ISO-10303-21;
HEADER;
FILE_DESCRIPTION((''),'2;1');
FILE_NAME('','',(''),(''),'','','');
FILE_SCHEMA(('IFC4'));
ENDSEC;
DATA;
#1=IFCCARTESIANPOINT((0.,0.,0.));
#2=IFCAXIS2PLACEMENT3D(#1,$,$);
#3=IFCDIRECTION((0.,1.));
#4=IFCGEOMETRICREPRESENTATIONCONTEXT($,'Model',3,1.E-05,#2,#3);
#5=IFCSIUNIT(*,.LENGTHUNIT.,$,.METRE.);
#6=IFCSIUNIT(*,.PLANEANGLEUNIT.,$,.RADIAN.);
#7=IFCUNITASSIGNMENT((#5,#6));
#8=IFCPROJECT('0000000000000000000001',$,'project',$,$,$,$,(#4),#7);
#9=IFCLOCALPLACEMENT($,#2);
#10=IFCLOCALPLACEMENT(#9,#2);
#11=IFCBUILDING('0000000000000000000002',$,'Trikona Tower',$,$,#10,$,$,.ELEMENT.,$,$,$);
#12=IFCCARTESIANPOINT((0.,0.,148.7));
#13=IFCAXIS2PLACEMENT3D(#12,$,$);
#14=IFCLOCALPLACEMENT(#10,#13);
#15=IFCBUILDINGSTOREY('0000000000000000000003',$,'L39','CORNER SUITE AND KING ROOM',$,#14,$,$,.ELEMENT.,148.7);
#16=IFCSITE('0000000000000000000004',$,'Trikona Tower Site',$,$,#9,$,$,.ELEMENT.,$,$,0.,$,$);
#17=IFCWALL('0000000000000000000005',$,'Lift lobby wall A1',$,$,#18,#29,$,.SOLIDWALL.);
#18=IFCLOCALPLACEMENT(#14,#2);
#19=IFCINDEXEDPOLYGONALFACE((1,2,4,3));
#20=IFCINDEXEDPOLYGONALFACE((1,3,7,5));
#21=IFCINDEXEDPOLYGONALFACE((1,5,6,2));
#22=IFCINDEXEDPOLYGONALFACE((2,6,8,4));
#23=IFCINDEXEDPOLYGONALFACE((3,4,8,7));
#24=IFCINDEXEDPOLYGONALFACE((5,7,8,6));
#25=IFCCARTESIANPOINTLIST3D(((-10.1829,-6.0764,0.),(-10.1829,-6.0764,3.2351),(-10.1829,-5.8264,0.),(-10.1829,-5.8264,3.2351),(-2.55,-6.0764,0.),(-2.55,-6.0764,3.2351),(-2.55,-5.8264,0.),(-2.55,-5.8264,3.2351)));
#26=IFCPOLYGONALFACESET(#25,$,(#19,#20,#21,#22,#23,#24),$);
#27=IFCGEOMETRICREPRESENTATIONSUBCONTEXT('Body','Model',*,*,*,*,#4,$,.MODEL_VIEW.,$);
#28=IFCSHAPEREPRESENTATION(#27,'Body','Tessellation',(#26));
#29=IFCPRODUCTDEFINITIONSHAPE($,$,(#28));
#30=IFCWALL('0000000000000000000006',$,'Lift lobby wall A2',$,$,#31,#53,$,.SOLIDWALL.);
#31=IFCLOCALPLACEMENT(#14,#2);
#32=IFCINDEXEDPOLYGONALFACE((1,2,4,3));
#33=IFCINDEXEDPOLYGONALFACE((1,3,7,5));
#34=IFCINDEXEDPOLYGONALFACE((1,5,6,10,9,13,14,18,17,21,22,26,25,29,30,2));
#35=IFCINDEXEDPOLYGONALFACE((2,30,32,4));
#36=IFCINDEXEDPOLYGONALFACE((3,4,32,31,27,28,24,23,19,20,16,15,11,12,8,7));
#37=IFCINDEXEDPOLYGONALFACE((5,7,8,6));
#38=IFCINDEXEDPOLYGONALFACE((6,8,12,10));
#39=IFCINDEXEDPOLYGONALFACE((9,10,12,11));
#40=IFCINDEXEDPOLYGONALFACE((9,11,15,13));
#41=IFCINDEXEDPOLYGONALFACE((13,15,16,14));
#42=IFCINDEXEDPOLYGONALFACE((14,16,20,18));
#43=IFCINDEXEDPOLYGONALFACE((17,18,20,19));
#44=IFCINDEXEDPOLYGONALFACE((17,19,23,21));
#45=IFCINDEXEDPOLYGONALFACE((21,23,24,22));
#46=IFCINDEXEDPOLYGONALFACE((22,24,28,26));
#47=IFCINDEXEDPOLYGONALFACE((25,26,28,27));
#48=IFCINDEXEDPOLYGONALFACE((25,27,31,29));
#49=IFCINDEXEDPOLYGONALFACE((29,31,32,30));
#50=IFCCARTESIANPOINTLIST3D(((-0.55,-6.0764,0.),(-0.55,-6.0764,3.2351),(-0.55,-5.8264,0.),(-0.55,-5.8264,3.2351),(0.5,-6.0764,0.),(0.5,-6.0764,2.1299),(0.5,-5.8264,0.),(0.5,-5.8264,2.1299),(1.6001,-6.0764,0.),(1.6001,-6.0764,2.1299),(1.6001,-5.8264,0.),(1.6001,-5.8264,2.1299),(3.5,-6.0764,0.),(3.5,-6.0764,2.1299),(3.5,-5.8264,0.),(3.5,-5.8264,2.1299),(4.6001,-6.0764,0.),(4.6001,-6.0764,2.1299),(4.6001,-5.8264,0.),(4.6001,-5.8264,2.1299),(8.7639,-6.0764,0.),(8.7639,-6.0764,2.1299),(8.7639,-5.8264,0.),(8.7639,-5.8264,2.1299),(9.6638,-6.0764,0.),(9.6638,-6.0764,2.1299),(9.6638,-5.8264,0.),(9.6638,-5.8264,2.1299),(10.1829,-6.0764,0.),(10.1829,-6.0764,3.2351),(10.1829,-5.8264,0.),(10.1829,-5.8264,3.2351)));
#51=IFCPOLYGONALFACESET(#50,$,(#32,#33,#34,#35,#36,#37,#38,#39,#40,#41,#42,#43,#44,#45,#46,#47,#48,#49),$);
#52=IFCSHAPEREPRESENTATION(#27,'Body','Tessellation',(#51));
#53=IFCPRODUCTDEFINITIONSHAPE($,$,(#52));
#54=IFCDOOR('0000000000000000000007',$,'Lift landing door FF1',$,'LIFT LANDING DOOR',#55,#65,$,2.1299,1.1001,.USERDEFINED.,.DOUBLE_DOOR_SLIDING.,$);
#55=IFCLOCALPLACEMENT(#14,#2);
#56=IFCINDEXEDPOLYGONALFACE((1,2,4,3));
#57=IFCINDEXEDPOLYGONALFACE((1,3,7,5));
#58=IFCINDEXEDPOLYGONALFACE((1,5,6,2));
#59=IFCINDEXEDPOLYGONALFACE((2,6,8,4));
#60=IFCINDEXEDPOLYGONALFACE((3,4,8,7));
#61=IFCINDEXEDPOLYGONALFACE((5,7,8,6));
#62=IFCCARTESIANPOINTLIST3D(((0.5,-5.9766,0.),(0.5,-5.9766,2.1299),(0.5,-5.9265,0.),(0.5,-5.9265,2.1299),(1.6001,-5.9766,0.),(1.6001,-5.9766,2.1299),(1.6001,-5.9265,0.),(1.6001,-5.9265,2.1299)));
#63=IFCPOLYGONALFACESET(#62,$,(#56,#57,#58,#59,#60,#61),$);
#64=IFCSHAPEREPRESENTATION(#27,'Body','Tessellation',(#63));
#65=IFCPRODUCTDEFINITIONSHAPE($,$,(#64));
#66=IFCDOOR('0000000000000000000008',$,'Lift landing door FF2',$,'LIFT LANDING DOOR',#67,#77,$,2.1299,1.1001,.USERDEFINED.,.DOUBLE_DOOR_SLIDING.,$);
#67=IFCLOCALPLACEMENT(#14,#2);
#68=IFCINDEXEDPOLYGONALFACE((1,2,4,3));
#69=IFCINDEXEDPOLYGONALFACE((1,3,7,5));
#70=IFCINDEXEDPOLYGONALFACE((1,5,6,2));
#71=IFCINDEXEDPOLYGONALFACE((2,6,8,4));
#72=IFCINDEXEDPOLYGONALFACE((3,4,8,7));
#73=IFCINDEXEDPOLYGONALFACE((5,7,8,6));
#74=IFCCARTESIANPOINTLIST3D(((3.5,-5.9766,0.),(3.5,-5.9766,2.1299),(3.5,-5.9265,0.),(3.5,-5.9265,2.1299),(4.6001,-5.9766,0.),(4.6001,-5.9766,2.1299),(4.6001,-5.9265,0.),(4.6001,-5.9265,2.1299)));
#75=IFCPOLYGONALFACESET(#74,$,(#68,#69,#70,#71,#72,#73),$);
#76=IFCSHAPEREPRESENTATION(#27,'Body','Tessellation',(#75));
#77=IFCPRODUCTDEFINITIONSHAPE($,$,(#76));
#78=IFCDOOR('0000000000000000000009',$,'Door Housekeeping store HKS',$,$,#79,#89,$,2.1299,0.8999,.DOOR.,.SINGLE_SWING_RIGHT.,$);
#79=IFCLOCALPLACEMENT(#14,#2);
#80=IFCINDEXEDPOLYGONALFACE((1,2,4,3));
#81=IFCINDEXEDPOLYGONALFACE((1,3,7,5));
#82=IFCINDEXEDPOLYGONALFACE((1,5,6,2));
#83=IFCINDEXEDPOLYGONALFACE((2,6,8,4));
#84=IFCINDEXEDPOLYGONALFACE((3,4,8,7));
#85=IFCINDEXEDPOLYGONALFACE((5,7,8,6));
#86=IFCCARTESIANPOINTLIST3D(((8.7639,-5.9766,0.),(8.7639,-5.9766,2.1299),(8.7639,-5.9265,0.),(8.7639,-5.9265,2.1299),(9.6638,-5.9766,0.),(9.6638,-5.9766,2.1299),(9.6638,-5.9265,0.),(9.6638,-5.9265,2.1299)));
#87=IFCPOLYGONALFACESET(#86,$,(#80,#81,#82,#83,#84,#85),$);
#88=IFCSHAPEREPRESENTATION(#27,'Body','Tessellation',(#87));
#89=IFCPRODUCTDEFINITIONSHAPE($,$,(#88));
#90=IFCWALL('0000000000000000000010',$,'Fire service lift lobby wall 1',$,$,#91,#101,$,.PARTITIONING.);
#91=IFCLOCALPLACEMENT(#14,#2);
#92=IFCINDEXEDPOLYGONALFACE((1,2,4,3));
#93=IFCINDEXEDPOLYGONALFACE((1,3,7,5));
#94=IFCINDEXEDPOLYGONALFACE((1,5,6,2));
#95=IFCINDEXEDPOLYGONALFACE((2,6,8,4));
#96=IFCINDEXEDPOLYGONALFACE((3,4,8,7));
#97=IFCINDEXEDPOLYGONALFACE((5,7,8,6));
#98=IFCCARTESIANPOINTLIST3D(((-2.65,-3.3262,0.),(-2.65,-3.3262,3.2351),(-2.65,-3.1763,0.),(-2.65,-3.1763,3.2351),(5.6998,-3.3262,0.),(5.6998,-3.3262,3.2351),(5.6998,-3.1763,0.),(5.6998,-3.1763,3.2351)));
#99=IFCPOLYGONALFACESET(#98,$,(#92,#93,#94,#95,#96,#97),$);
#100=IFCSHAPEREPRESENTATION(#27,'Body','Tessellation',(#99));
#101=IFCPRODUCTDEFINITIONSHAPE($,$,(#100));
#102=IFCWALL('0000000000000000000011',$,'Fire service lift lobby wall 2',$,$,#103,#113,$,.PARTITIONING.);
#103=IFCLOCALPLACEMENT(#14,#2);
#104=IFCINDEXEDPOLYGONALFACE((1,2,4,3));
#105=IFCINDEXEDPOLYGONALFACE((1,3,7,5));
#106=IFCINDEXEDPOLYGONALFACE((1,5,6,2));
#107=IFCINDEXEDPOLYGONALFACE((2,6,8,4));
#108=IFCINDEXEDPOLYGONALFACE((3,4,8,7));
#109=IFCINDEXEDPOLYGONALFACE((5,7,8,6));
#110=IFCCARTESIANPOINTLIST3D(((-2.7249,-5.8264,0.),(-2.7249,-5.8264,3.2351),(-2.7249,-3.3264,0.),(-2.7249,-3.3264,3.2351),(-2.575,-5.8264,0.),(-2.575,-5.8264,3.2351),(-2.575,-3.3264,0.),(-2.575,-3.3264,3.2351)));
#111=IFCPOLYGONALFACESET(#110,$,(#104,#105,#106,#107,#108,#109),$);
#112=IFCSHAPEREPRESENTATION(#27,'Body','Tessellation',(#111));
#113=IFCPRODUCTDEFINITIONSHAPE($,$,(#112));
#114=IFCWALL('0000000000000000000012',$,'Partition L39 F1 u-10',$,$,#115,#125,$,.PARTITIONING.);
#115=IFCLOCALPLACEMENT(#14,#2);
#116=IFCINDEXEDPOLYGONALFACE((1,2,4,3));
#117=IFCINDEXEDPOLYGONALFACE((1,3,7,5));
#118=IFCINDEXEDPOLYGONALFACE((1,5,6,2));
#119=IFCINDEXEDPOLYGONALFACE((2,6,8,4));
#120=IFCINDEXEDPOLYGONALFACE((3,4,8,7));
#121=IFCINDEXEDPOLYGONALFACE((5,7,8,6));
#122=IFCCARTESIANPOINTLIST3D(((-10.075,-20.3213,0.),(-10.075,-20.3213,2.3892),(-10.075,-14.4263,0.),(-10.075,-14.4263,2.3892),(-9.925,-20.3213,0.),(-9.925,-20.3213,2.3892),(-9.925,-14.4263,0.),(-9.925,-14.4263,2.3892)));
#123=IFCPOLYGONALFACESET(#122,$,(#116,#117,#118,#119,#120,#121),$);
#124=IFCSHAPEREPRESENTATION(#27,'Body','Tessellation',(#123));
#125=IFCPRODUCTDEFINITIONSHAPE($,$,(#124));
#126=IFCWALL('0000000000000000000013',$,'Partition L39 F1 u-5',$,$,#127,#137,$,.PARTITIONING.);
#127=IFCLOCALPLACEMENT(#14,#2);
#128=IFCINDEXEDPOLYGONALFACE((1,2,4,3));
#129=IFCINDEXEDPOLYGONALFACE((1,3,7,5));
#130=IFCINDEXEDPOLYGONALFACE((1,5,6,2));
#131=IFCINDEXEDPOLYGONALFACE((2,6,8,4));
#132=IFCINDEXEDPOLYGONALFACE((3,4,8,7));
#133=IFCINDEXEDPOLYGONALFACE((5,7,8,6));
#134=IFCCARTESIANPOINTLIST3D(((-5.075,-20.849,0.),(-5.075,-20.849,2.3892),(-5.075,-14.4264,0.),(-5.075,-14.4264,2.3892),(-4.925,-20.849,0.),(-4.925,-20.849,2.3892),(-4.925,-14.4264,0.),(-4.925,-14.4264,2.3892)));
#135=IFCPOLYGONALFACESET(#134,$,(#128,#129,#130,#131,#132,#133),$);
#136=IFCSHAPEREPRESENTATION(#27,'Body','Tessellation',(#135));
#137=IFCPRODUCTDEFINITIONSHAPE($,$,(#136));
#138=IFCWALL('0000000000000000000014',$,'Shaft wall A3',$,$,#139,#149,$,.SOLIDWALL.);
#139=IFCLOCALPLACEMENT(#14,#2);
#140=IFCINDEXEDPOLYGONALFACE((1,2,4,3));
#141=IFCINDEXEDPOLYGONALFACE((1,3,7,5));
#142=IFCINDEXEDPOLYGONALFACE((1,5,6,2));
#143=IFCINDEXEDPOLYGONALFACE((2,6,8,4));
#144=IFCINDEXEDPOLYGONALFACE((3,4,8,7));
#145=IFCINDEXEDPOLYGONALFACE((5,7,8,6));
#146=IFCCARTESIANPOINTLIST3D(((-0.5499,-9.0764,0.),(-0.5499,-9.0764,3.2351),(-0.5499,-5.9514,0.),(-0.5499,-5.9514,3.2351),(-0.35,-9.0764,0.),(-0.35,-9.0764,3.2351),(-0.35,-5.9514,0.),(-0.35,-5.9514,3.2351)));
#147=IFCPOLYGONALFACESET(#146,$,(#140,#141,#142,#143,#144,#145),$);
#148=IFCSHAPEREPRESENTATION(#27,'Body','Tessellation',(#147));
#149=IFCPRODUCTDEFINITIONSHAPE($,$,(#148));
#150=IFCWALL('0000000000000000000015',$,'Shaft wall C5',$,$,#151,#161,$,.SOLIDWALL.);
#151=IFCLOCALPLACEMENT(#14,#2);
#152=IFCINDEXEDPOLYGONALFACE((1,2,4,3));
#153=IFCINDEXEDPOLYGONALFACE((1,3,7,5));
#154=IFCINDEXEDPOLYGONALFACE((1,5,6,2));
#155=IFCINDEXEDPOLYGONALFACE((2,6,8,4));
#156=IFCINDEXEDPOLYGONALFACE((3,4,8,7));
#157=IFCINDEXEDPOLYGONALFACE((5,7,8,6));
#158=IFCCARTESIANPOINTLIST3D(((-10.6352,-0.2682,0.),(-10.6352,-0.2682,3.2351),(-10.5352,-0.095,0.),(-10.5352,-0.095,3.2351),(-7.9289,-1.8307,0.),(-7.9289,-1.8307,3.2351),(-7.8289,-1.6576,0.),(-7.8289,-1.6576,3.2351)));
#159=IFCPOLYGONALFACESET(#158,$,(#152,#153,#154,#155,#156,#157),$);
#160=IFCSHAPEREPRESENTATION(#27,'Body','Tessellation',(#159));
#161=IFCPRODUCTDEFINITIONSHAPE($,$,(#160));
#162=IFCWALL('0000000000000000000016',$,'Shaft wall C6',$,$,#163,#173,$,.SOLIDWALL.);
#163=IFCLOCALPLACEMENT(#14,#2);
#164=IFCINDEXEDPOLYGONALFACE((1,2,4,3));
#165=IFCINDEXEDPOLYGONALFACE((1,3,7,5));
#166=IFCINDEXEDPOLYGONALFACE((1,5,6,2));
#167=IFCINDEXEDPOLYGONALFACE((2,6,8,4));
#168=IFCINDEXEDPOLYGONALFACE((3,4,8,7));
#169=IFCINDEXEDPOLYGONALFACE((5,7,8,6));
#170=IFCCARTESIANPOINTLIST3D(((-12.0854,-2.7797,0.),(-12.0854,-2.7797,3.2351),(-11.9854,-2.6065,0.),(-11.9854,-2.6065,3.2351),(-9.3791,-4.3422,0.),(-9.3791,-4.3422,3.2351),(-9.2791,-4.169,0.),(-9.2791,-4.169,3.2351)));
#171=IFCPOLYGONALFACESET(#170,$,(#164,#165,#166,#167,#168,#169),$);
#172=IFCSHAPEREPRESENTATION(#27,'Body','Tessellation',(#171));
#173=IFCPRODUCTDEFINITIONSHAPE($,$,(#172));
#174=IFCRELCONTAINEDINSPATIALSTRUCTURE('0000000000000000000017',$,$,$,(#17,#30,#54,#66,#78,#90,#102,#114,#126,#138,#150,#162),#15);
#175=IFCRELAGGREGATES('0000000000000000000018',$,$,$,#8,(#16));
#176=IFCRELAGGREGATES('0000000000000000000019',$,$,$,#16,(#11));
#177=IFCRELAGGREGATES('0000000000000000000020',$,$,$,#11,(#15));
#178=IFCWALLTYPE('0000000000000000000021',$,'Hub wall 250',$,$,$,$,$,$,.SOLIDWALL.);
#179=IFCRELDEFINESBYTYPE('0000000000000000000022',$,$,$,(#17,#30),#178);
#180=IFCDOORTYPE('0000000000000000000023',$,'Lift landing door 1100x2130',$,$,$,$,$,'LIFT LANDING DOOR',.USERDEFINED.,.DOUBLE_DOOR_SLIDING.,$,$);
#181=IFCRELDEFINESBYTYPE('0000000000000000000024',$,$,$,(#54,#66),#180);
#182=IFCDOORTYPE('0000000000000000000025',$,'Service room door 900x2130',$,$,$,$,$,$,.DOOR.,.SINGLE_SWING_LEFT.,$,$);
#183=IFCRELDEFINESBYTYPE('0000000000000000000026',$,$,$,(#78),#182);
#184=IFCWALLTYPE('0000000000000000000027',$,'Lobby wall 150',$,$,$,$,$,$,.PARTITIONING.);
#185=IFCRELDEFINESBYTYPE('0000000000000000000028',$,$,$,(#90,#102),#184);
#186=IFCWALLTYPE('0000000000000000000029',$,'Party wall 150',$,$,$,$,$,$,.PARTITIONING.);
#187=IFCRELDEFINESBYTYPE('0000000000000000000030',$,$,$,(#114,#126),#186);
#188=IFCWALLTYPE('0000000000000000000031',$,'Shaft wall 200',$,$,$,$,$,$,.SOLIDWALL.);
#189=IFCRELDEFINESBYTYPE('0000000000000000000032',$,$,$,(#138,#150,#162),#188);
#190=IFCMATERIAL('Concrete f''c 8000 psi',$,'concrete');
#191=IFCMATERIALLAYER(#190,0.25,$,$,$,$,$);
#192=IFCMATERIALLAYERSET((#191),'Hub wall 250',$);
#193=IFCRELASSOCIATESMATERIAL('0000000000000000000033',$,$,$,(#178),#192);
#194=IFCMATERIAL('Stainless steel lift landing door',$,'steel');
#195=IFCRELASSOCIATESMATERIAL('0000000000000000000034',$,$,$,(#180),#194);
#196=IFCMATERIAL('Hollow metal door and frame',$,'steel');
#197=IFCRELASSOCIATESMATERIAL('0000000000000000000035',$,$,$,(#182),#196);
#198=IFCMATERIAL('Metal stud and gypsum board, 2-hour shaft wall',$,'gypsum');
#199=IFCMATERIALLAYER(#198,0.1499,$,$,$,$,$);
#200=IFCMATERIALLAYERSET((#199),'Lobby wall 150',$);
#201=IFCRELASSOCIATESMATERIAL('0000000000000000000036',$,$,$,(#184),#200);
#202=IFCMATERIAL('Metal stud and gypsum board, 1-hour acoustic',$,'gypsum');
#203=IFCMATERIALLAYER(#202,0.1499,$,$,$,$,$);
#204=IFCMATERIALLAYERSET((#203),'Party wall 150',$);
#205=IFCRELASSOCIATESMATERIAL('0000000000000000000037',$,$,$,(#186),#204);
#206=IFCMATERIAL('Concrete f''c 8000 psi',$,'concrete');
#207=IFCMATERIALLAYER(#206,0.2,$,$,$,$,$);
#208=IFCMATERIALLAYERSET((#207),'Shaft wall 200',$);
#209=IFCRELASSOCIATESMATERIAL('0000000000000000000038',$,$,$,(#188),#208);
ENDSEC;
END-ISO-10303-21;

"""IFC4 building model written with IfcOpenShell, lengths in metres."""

from ifc_helpers import new_model, si_unit, direction, frame, frame_2d, origin, place, context, subcontext, project, spatial, rectangle, extrude, material, layer, layer_set, type_object, element, fill, save


model = new_model("IFC4")

# Units and contexts
model_context = context("Model", 3, precision=1e-05, world=origin(), true_north=direction((0.0, 1.0)))
body_context = subcontext(model_context, "Body", "Model", "MODEL_VIEW")
ifc_project = project(units=[si_unit("LENGTHUNIT", "METRE"), si_unit("PLANEANGLEUNIT", "RADIAN")], contexts=[model_context])

# Site, building, storey
site_placement = place(None, origin())
site = spatial("IfcSite", under=ifc_project, at=site_placement, Name="Trikona Tower Site", CompositionType="ELEMENT", RefElevation=0.0)
building_placement = place(site_placement, origin())
building = spatial("IfcBuilding", under=site, at=building_placement, Name="Trikona Tower", CompositionType="ELEMENT")
storey_placement = place(building_placement, frame((0.0, 0.0, 148.7)))
storey = spatial("IfcBuildingStorey", under=building, at=storey_placement, Name="L39", Description="CORNER SUITE AND KING ROOM", CompositionType="ELEMENT", Elevation=148.7)

# Wall
ifc_material_1 = material(Name="Concrete f'c 8000 psi", Category="concrete")
ifc_layer_1 = layer(ifc_material_1, 0.25)
ifc_layer_set_1 = layer_set([ifc_layer_1], Name="Hub wall 250")
wall_type_1 = type_object("IfcWallType", Name="Hub wall 250", PredefinedType="SOLIDWALL", material=ifc_layer_set_1)
wall_1_placement = place(storey_placement, frame((-10.1829, -5.9514, 0.0), z_axis=(0.0, 0.0, 1.0), x_axis=(1.0, 0.0, 0.0)))
element("IfcWall", 1, at=wall_1_placement, inside=storey, type_object=wall_type_1, Name="Lift lobby wall A1", PredefinedType="SOLIDWALL", context=body_context, shape_type="SweptSolid", body=[
    extrude(rectangle(XDim=7.6328, YDim=0.25, at=frame_2d((3.8164, 0.0))), origin(), (0.0, 0.0, 1.0), 3.2351),
])

# Wall, openings, doors
wall_2_placement = place(storey_placement, frame((-0.55, -5.9514, 0.0), z_axis=(0.0, 0.0, 1.0), x_axis=(1.0, 0.0, 0.0)))
wall_2 = element("IfcWall", 2, at=wall_2_placement, inside=storey, type_object=wall_type_1, Name="Lift lobby wall A2", PredefinedType="SOLIDWALL", context=body_context, shape_type="SweptSolid", body=[
    extrude(rectangle(XDim=10.7329, YDim=0.25, at=frame_2d((5.3665, 0.0))), origin(), (0.0, 0.0, 1.0), 3.2351),
])
opening_1_placement = place(wall_2_placement, frame((9.314, 0.0, 0.0)))
opening_1 = element("IfcOpeningElement", 3, at=opening_1_placement, cuts=wall_2, PredefinedType="OPENING", context=body_context, shape_type="SweptSolid", body=[
    extrude(rectangle(XDim=0.8999, YDim=2.1299, at=frame_2d((0.45, 1.0649))), frame((0.0, 0.135, 0.0), z_axis=(0.0, -1.0, 0.0), x_axis=(1.0, 0.0, 0.0)), (0.0, 0.0, 1.0), 0.27),
])
opening_2_placement = place(wall_2_placement, frame((1.05, 0.0, 0.0)))
opening_2 = element("IfcOpeningElement", 4, at=opening_2_placement, cuts=wall_2, PredefinedType="OPENING", context=body_context, shape_type="SweptSolid", body=[
    extrude(rectangle(XDim=1.1001, YDim=2.1299, at=frame_2d((0.55, 1.0649))), frame((0.0, 0.135, 0.0), z_axis=(0.0, -1.0, 0.0), x_axis=(1.0, 0.0, 0.0)), (0.0, 0.0, 1.0), 0.27),
])
opening_3_placement = place(wall_2_placement, frame((4.05, 0.0, 0.0)))
opening_3 = element("IfcOpeningElement", 5, at=opening_3_placement, cuts=wall_2, PredefinedType="OPENING", context=body_context, shape_type="SweptSolid", body=[
    extrude(rectangle(XDim=1.1001, YDim=2.1299, at=frame_2d((0.55, 1.0649))), frame((0.0, 0.135, 0.0), z_axis=(0.0, -1.0, 0.0), x_axis=(1.0, 0.0, 0.0)), (0.0, 0.0, 1.0), 0.27),
])
ifc_material_2 = material(Name="Stainless steel lift landing door", Category="steel")
door_type_1 = type_object("IfcDoorType", Name="Lift landing door 1100x2130", ElementType="LIFT LANDING DOOR", OperationType="DOUBLE_DOOR_SLIDING", PredefinedType="USERDEFINED", material=ifc_material_2)
door_1_placement = place(opening_2_placement, origin())
door_1 = element("IfcDoor", 6, at=door_1_placement, inside=storey, type_object=door_type_1, Name="Lift landing door FF1", ObjectType="LIFT LANDING DOOR", OperationType="DOUBLE_DOOR_SLIDING", OverallHeight=2.1299, OverallWidth=1.1001, PredefinedType="USERDEFINED", context=body_context, shape_type="SweptSolid", body=[
    extrude(rectangle(XDim=1.1001, YDim=2.1299, at=frame_2d((0.55, 1.0649))), frame((0.0, 0.0249, 0.0), z_axis=(0.0, -1.0, 0.0), x_axis=(1.0, 0.0, 0.0)), (0.0, 0.0, 1.0), 0.05),
])
fill(opening_2, door_1)
door_2_placement = place(opening_3_placement, origin())
door_2 = element("IfcDoor", 7, at=door_2_placement, inside=storey, type_object=door_type_1, Name="Lift landing door FF2", ObjectType="LIFT LANDING DOOR", OperationType="DOUBLE_DOOR_SLIDING", OverallHeight=2.1299, OverallWidth=1.1001, PredefinedType="USERDEFINED", context=body_context, shape_type="SweptSolid", body=[
    extrude(rectangle(XDim=1.1001, YDim=2.1299, at=frame_2d((0.55, 1.0649))), frame((0.0, 0.0249, 0.0), z_axis=(0.0, -1.0, 0.0), x_axis=(1.0, 0.0, 0.0)), (0.0, 0.0, 1.0), 0.05),
])
fill(opening_3, door_2)
ifc_material_3 = material(Name="Hollow metal door and frame", Category="steel")
door_type_2 = type_object("IfcDoorType", Name="Service room door 900x2130", OperationType="SINGLE_SWING_LEFT", PredefinedType="DOOR", material=ifc_material_3)
door_3_placement = place(opening_1_placement, origin())
door_3 = element("IfcDoor", 8, at=door_3_placement, inside=storey, type_object=door_type_2, Name="Door Housekeeping store HKS", OperationType="SINGLE_SWING_RIGHT", OverallHeight=2.1299, OverallWidth=0.8999, PredefinedType="DOOR", context=body_context, shape_type="SweptSolid", body=[
    extrude(rectangle(XDim=0.8999, YDim=2.1299, at=frame_2d((0.45, 1.0649))), frame((0.0, 0.0249, 0.0), z_axis=(0.0, -1.0, 0.0), x_axis=(1.0, 0.0, 0.0)), (0.0, 0.0, 1.0), 0.05),
])
fill(opening_1, door_3)

# Walls
ifc_material_4 = material(Name="Metal stud and gypsum board, 2-hour shaft wall", Category="gypsum")
ifc_layer_2 = layer(ifc_material_4, 0.1499)
ifc_layer_set_2 = layer_set([ifc_layer_2], Name="Lobby wall 150")
wall_type_2 = type_object("IfcWallType", Name="Lobby wall 150", PredefinedType="PARTITIONING", material=ifc_layer_set_2)
wall_3_placement = place(storey_placement, frame((-2.6499, -3.2512, 0.0), z_axis=(0.0, 0.0, 1.0), x_axis=(1.0, 0.0, 0.0)))
element("IfcWall", 9, at=wall_3_placement, inside=storey, type_object=wall_type_2, Name="Fire service lift lobby wall 1", PredefinedType="PARTITIONING", context=body_context, shape_type="SweptSolid", body=[
    extrude(rectangle(XDim=8.3499, YDim=0.1499, at=frame_2d((4.1748, 0.0))), origin(), (0.0, 0.0, 1.0), 3.2351),
])
wall_4_placement = place(storey_placement, frame((-2.6499, -5.8264, 0.0), z_axis=(0.0, 0.0, 1.0), x_axis=(0.0, 1.0, 0.0)))
element("IfcWall", 10, at=wall_4_placement, inside=storey, type_object=wall_type_2, Name="Fire service lift lobby wall 2", PredefinedType="PARTITIONING", context=body_context, shape_type="SweptSolid", body=[
    extrude(rectangle(XDim=2.5, YDim=0.1499, at=frame_2d((1.25, 0.0))), origin(), (0.0, 0.0, 1.0), 3.2351),
])
ifc_material_5 = material(Name="Metal stud and gypsum board, 1-hour acoustic", Category="gypsum")
ifc_layer_3 = layer(ifc_material_5, 0.1499)
ifc_layer_set_3 = layer_set([ifc_layer_3], Name="Party wall 150")
wall_type_3 = type_object("IfcWallType", Name="Party wall 150", PredefinedType="PARTITIONING", material=ifc_layer_set_3)
wall_5_placement = place(storey_placement, frame((-10.0, -14.4263, 0.0), z_axis=(0.0, 0.0, 1.0), x_axis=(0.0, -1.0, 0.0)))
element("IfcWall", 11, at=wall_5_placement, inside=storey, type_object=wall_type_3, Name="Partition L39 F1 u-10", PredefinedType="PARTITIONING", context=body_context, shape_type="SweptSolid", body=[
    extrude(rectangle(XDim=5.895, YDim=0.1499, at=frame_2d((2.9475, 0.0))), origin(), (0.0, 0.0, 1.0), 2.3892),
])
wall_6_placement = place(storey_placement, frame((-5.0, -14.4263, 0.0), z_axis=(0.0, 0.0, 1.0), x_axis=(0.0, -1.0, 0.0)))
element("IfcWall", 12, at=wall_6_placement, inside=storey, type_object=wall_type_3, Name="Partition L39 F1 u-5", PredefinedType="PARTITIONING", context=body_context, shape_type="SweptSolid", body=[
    extrude(rectangle(XDim=6.4226, YDim=0.1499, at=frame_2d((3.2114, 0.0))), origin(), (0.0, 0.0, 1.0), 2.3892),
])
ifc_material_6 = material(Name="Concrete f'c 8000 psi", Category="concrete")
ifc_layer_4 = layer(ifc_material_6, 0.2)
ifc_layer_set_4 = layer_set([ifc_layer_4], Name="Shaft wall 200")
wall_type_4 = type_object("IfcWallType", Name="Shaft wall 200", PredefinedType="SOLIDWALL", material=ifc_layer_set_4)
for number, where, z_axis, x_axis, name in (
    (13, (-0.45, -5.9514, 0.0), (0.0, 0.0, 1.0), (0.0, -1.0, 0.0), "Shaft wall A3"),
    (14, (-7.8789, -1.7441, 0.0), (0.0, 0.0, 1.0), (-0.866023, 0.500004, 0.0), "Shaft wall C5"),
    (15, (-9.3291, -4.2556, 0.0), (0.0, 0.0, 1.0), (-0.866023, 0.500004, 0.0), "Shaft wall C6"),
):
    element("IfcWall", number, at=place(storey_placement, frame(where, z_axis=z_axis, x_axis=x_axis)), inside=storey, type_object=wall_type_4, Name=name, PredefinedType="SOLIDWALL", context=body_context, shape_type="SweptSolid", body=[
        extrude(rectangle(XDim=3.125, YDim=0.2, at=frame_2d((1.5625, 0.0))), origin(), (0.0, 0.0, 1.0), 3.2351),
    ])

save(model, "model.ifc")
